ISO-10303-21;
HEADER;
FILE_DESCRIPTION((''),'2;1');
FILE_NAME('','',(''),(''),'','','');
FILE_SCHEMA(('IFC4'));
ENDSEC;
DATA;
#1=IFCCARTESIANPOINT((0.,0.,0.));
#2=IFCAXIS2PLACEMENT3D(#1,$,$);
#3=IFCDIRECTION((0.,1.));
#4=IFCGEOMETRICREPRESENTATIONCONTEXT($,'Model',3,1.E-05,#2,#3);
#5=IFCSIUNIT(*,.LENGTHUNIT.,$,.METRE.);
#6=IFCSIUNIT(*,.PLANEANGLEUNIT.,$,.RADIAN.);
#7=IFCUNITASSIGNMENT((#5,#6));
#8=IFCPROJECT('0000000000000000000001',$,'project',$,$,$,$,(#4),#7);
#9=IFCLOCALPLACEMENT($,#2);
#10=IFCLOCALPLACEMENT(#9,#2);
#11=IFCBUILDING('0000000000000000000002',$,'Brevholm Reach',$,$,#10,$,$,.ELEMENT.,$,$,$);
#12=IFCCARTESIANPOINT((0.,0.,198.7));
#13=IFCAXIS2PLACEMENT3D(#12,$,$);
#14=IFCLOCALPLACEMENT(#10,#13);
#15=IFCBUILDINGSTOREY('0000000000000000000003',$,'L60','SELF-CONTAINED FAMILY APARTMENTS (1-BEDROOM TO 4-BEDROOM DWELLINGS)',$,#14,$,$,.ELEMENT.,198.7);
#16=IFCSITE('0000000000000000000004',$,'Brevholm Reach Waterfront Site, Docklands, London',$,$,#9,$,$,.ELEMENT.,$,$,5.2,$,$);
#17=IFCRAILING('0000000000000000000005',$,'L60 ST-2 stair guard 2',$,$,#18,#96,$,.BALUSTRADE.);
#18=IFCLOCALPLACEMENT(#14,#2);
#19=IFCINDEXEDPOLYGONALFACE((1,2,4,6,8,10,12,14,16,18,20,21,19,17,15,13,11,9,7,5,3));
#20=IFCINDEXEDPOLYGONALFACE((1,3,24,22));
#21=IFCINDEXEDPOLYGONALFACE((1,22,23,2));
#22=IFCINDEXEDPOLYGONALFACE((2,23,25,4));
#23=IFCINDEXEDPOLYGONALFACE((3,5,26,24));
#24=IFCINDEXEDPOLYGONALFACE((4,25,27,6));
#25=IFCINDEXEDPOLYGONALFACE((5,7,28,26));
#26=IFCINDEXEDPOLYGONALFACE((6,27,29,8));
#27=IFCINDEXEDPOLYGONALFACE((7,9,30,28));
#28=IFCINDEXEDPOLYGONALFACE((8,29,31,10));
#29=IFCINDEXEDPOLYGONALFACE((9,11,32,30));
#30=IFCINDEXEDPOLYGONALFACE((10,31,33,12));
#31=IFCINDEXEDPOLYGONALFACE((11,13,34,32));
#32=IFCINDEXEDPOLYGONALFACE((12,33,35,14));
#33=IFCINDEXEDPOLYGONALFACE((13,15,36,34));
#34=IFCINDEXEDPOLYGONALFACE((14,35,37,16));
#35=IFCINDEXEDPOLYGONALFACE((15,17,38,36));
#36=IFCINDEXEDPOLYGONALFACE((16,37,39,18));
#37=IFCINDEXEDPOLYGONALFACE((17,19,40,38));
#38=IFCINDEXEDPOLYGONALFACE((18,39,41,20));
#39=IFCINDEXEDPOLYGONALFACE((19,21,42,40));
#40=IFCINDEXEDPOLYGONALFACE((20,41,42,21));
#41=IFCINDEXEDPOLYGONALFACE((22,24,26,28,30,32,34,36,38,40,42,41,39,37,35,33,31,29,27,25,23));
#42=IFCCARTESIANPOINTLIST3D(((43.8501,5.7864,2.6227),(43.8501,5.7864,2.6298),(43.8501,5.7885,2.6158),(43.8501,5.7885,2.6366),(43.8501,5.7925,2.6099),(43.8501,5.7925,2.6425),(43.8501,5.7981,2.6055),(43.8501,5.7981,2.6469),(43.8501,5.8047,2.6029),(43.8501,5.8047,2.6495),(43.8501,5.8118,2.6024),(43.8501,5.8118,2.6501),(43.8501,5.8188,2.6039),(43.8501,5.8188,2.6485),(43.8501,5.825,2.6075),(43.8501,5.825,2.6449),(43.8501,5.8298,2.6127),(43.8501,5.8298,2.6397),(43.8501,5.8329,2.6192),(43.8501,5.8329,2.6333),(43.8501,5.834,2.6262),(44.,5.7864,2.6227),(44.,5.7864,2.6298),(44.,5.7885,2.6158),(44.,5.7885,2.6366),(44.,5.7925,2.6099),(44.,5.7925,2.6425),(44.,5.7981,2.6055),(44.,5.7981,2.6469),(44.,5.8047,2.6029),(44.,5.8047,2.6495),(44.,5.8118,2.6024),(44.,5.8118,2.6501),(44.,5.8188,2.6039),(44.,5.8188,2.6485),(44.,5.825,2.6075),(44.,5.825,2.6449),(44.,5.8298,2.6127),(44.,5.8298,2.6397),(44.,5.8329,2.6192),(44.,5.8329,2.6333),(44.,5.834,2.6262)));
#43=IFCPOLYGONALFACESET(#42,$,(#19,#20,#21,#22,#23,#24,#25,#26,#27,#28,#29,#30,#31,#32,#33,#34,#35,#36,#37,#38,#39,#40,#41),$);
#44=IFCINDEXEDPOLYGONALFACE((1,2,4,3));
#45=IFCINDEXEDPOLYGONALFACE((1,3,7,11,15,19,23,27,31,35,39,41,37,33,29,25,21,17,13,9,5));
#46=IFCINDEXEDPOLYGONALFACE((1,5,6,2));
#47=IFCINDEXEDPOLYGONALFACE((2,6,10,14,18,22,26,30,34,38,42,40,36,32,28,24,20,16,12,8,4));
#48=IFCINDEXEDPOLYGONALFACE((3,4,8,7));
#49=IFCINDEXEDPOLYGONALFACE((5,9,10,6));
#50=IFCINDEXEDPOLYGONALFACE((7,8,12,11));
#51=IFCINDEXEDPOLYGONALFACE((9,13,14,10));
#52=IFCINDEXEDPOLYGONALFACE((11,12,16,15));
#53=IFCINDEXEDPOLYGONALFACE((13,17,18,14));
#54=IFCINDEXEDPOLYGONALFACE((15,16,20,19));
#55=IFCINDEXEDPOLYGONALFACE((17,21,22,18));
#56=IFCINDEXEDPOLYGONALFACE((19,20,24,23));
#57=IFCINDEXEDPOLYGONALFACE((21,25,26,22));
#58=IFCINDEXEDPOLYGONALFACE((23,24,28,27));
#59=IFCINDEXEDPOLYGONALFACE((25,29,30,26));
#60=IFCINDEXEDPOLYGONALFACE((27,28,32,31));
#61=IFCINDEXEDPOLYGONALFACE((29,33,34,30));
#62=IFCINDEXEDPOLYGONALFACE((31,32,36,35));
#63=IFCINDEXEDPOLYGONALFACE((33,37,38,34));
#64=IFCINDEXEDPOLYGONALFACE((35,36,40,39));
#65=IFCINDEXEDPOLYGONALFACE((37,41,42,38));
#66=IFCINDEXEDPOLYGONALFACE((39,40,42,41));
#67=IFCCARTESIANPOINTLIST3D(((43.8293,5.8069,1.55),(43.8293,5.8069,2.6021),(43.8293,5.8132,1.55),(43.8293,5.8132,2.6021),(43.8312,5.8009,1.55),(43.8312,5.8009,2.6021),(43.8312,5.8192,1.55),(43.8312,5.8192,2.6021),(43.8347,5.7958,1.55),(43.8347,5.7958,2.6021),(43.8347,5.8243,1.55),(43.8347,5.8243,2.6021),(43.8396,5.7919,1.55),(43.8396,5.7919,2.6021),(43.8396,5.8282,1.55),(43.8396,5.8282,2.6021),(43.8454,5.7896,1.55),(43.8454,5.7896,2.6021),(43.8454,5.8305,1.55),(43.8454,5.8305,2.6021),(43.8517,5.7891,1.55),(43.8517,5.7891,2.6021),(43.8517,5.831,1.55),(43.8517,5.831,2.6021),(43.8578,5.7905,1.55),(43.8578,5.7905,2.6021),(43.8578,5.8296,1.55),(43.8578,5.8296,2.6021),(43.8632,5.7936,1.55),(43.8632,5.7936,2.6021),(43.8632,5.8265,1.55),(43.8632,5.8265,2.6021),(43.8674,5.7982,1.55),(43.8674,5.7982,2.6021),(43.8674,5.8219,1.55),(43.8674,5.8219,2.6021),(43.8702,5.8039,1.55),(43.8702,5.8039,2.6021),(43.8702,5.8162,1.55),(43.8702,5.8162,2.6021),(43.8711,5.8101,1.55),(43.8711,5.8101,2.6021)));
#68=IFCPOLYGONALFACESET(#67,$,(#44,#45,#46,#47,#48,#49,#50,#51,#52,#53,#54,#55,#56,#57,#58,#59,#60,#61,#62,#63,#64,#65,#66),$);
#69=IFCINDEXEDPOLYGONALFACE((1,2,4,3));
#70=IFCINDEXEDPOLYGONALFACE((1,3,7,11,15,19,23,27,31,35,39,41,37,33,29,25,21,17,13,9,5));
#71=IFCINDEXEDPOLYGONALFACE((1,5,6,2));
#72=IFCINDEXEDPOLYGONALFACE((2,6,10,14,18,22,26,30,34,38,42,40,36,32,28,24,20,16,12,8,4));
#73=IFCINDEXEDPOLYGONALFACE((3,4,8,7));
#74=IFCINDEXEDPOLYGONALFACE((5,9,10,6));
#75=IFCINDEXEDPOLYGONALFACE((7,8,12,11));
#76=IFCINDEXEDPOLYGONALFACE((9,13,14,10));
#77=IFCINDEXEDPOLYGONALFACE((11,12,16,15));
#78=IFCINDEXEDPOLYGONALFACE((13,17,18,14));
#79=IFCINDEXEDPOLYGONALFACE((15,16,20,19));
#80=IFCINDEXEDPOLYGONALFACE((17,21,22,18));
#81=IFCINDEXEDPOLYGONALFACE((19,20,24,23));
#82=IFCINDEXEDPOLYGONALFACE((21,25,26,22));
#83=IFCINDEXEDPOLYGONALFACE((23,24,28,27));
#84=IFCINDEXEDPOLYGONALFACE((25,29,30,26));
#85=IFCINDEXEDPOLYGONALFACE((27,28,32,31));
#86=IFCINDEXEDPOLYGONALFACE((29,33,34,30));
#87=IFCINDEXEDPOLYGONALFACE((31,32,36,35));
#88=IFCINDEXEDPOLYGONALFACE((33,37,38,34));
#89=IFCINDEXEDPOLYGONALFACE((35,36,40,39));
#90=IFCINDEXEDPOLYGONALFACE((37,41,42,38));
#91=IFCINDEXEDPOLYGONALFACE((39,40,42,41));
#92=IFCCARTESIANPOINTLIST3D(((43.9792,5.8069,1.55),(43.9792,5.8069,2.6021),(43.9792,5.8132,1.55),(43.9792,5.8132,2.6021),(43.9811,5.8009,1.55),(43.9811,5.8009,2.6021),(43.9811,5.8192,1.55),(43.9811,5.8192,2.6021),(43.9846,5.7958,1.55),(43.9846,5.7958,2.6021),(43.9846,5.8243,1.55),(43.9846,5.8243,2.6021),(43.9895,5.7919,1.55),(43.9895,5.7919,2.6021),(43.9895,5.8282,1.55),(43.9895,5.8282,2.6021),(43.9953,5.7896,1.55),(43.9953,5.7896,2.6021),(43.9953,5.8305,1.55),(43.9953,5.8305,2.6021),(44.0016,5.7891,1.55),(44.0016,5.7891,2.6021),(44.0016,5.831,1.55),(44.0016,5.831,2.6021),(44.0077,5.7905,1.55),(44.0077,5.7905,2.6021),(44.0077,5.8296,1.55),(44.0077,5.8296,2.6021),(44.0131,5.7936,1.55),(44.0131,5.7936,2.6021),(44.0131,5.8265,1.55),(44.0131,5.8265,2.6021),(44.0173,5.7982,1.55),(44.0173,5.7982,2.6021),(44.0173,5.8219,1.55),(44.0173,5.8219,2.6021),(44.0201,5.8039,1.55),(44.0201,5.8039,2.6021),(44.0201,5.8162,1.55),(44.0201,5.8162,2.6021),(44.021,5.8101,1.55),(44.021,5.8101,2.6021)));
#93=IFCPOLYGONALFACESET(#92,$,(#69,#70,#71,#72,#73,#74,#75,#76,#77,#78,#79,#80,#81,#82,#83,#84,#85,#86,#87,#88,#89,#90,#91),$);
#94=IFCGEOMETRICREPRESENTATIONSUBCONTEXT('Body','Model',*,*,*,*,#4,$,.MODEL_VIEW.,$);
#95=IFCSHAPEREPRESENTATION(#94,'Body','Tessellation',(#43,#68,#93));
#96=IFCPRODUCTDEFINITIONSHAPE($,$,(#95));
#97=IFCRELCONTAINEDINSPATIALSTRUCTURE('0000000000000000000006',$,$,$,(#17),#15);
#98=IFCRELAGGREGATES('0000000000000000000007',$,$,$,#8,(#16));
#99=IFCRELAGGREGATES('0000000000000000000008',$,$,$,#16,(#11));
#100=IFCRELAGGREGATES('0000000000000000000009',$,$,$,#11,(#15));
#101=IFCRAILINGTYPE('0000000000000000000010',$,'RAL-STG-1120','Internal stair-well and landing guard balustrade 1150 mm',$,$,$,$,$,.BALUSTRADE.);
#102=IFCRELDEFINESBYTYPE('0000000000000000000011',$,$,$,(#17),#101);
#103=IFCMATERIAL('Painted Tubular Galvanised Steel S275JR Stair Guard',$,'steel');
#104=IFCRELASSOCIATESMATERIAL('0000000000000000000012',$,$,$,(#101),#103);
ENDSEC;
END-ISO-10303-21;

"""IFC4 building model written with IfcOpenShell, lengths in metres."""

from ifc_helpers import new_model, si_unit, direction, frame, origin, origin_2d, place, context, subcontext, project, spatial, circle, extrude, material, type_object, element, save


model = new_model("IFC4")

# Units and contexts
model_context = context("Model", 3, precision=1e-05, world=origin(), true_north=direction((0.0, 1.0)))
body_context = subcontext(model_context, "Body", "Model", "MODEL_VIEW")
ifc_project = project(units=[si_unit("LENGTHUNIT", "METRE"), si_unit("PLANEANGLEUNIT", "RADIAN")], contexts=[model_context])

# Site, building, storey
site_placement = place(None, origin())
site = spatial("IfcSite", under=ifc_project, at=site_placement, Name="Brevholm Reach Waterfront Site, Docklands, London", CompositionType="ELEMENT", RefElevation=5.2)
building_placement = place(site_placement, origin())
building = spatial("IfcBuilding", under=site, at=building_placement, Name="Brevholm Reach", CompositionType="ELEMENT")
storey_placement = place(building_placement, frame((0.0, 0.0, 198.7)))
storey = spatial("IfcBuildingStorey", under=building, at=storey_placement, Name="L60", Description="SELF-CONTAINED FAMILY APARTMENTS (1-BEDROOM TO 4-BEDROOM DWELLINGS)", CompositionType="ELEMENT", Elevation=198.7)

# Railing
ifc_material_1 = material(Name="Painted Tubular Galvanised Steel S275JR Stair Guard", Category="steel")
railing_type_1 = type_object("IfcRailingType", Name="RAL-STG-1120", Description="Internal stair-well and landing guard balustrade 1150 mm", PredefinedType="BALUSTRADE", material=ifc_material_1)
railing_1_placement = place(storey_placement, frame((43.8501, 5.8101, 1.55)))
element("IfcRailing", 1, at=railing_1_placement, inside=storey, type_object=railing_type_1, Name="L60 ST-2 stair guard 2", PredefinedType="BALUSTRADE", context=body_context, shape_type="SweptSolid", body=[
    extrude(circle(Radius=0.0239, at=origin_2d()), frame((0.0, 0.0, 1.0762), z_axis=(1.0, 0.0, 0.0), x_axis=(0.0, 1.0, 0.0)), (0.0, 0.0, 1.0), 0.1499),
    extrude(circle(Radius=0.021, at=origin_2d()), origin(), (0.0, 0.0, 1.0), 1.052),
    extrude(circle(Radius=0.021, at=origin_2d()), frame((0.1499, 0.0, 0.0)), (0.0, 0.0, 1.0), 1.052),
])

save(model, "model.ifc")
